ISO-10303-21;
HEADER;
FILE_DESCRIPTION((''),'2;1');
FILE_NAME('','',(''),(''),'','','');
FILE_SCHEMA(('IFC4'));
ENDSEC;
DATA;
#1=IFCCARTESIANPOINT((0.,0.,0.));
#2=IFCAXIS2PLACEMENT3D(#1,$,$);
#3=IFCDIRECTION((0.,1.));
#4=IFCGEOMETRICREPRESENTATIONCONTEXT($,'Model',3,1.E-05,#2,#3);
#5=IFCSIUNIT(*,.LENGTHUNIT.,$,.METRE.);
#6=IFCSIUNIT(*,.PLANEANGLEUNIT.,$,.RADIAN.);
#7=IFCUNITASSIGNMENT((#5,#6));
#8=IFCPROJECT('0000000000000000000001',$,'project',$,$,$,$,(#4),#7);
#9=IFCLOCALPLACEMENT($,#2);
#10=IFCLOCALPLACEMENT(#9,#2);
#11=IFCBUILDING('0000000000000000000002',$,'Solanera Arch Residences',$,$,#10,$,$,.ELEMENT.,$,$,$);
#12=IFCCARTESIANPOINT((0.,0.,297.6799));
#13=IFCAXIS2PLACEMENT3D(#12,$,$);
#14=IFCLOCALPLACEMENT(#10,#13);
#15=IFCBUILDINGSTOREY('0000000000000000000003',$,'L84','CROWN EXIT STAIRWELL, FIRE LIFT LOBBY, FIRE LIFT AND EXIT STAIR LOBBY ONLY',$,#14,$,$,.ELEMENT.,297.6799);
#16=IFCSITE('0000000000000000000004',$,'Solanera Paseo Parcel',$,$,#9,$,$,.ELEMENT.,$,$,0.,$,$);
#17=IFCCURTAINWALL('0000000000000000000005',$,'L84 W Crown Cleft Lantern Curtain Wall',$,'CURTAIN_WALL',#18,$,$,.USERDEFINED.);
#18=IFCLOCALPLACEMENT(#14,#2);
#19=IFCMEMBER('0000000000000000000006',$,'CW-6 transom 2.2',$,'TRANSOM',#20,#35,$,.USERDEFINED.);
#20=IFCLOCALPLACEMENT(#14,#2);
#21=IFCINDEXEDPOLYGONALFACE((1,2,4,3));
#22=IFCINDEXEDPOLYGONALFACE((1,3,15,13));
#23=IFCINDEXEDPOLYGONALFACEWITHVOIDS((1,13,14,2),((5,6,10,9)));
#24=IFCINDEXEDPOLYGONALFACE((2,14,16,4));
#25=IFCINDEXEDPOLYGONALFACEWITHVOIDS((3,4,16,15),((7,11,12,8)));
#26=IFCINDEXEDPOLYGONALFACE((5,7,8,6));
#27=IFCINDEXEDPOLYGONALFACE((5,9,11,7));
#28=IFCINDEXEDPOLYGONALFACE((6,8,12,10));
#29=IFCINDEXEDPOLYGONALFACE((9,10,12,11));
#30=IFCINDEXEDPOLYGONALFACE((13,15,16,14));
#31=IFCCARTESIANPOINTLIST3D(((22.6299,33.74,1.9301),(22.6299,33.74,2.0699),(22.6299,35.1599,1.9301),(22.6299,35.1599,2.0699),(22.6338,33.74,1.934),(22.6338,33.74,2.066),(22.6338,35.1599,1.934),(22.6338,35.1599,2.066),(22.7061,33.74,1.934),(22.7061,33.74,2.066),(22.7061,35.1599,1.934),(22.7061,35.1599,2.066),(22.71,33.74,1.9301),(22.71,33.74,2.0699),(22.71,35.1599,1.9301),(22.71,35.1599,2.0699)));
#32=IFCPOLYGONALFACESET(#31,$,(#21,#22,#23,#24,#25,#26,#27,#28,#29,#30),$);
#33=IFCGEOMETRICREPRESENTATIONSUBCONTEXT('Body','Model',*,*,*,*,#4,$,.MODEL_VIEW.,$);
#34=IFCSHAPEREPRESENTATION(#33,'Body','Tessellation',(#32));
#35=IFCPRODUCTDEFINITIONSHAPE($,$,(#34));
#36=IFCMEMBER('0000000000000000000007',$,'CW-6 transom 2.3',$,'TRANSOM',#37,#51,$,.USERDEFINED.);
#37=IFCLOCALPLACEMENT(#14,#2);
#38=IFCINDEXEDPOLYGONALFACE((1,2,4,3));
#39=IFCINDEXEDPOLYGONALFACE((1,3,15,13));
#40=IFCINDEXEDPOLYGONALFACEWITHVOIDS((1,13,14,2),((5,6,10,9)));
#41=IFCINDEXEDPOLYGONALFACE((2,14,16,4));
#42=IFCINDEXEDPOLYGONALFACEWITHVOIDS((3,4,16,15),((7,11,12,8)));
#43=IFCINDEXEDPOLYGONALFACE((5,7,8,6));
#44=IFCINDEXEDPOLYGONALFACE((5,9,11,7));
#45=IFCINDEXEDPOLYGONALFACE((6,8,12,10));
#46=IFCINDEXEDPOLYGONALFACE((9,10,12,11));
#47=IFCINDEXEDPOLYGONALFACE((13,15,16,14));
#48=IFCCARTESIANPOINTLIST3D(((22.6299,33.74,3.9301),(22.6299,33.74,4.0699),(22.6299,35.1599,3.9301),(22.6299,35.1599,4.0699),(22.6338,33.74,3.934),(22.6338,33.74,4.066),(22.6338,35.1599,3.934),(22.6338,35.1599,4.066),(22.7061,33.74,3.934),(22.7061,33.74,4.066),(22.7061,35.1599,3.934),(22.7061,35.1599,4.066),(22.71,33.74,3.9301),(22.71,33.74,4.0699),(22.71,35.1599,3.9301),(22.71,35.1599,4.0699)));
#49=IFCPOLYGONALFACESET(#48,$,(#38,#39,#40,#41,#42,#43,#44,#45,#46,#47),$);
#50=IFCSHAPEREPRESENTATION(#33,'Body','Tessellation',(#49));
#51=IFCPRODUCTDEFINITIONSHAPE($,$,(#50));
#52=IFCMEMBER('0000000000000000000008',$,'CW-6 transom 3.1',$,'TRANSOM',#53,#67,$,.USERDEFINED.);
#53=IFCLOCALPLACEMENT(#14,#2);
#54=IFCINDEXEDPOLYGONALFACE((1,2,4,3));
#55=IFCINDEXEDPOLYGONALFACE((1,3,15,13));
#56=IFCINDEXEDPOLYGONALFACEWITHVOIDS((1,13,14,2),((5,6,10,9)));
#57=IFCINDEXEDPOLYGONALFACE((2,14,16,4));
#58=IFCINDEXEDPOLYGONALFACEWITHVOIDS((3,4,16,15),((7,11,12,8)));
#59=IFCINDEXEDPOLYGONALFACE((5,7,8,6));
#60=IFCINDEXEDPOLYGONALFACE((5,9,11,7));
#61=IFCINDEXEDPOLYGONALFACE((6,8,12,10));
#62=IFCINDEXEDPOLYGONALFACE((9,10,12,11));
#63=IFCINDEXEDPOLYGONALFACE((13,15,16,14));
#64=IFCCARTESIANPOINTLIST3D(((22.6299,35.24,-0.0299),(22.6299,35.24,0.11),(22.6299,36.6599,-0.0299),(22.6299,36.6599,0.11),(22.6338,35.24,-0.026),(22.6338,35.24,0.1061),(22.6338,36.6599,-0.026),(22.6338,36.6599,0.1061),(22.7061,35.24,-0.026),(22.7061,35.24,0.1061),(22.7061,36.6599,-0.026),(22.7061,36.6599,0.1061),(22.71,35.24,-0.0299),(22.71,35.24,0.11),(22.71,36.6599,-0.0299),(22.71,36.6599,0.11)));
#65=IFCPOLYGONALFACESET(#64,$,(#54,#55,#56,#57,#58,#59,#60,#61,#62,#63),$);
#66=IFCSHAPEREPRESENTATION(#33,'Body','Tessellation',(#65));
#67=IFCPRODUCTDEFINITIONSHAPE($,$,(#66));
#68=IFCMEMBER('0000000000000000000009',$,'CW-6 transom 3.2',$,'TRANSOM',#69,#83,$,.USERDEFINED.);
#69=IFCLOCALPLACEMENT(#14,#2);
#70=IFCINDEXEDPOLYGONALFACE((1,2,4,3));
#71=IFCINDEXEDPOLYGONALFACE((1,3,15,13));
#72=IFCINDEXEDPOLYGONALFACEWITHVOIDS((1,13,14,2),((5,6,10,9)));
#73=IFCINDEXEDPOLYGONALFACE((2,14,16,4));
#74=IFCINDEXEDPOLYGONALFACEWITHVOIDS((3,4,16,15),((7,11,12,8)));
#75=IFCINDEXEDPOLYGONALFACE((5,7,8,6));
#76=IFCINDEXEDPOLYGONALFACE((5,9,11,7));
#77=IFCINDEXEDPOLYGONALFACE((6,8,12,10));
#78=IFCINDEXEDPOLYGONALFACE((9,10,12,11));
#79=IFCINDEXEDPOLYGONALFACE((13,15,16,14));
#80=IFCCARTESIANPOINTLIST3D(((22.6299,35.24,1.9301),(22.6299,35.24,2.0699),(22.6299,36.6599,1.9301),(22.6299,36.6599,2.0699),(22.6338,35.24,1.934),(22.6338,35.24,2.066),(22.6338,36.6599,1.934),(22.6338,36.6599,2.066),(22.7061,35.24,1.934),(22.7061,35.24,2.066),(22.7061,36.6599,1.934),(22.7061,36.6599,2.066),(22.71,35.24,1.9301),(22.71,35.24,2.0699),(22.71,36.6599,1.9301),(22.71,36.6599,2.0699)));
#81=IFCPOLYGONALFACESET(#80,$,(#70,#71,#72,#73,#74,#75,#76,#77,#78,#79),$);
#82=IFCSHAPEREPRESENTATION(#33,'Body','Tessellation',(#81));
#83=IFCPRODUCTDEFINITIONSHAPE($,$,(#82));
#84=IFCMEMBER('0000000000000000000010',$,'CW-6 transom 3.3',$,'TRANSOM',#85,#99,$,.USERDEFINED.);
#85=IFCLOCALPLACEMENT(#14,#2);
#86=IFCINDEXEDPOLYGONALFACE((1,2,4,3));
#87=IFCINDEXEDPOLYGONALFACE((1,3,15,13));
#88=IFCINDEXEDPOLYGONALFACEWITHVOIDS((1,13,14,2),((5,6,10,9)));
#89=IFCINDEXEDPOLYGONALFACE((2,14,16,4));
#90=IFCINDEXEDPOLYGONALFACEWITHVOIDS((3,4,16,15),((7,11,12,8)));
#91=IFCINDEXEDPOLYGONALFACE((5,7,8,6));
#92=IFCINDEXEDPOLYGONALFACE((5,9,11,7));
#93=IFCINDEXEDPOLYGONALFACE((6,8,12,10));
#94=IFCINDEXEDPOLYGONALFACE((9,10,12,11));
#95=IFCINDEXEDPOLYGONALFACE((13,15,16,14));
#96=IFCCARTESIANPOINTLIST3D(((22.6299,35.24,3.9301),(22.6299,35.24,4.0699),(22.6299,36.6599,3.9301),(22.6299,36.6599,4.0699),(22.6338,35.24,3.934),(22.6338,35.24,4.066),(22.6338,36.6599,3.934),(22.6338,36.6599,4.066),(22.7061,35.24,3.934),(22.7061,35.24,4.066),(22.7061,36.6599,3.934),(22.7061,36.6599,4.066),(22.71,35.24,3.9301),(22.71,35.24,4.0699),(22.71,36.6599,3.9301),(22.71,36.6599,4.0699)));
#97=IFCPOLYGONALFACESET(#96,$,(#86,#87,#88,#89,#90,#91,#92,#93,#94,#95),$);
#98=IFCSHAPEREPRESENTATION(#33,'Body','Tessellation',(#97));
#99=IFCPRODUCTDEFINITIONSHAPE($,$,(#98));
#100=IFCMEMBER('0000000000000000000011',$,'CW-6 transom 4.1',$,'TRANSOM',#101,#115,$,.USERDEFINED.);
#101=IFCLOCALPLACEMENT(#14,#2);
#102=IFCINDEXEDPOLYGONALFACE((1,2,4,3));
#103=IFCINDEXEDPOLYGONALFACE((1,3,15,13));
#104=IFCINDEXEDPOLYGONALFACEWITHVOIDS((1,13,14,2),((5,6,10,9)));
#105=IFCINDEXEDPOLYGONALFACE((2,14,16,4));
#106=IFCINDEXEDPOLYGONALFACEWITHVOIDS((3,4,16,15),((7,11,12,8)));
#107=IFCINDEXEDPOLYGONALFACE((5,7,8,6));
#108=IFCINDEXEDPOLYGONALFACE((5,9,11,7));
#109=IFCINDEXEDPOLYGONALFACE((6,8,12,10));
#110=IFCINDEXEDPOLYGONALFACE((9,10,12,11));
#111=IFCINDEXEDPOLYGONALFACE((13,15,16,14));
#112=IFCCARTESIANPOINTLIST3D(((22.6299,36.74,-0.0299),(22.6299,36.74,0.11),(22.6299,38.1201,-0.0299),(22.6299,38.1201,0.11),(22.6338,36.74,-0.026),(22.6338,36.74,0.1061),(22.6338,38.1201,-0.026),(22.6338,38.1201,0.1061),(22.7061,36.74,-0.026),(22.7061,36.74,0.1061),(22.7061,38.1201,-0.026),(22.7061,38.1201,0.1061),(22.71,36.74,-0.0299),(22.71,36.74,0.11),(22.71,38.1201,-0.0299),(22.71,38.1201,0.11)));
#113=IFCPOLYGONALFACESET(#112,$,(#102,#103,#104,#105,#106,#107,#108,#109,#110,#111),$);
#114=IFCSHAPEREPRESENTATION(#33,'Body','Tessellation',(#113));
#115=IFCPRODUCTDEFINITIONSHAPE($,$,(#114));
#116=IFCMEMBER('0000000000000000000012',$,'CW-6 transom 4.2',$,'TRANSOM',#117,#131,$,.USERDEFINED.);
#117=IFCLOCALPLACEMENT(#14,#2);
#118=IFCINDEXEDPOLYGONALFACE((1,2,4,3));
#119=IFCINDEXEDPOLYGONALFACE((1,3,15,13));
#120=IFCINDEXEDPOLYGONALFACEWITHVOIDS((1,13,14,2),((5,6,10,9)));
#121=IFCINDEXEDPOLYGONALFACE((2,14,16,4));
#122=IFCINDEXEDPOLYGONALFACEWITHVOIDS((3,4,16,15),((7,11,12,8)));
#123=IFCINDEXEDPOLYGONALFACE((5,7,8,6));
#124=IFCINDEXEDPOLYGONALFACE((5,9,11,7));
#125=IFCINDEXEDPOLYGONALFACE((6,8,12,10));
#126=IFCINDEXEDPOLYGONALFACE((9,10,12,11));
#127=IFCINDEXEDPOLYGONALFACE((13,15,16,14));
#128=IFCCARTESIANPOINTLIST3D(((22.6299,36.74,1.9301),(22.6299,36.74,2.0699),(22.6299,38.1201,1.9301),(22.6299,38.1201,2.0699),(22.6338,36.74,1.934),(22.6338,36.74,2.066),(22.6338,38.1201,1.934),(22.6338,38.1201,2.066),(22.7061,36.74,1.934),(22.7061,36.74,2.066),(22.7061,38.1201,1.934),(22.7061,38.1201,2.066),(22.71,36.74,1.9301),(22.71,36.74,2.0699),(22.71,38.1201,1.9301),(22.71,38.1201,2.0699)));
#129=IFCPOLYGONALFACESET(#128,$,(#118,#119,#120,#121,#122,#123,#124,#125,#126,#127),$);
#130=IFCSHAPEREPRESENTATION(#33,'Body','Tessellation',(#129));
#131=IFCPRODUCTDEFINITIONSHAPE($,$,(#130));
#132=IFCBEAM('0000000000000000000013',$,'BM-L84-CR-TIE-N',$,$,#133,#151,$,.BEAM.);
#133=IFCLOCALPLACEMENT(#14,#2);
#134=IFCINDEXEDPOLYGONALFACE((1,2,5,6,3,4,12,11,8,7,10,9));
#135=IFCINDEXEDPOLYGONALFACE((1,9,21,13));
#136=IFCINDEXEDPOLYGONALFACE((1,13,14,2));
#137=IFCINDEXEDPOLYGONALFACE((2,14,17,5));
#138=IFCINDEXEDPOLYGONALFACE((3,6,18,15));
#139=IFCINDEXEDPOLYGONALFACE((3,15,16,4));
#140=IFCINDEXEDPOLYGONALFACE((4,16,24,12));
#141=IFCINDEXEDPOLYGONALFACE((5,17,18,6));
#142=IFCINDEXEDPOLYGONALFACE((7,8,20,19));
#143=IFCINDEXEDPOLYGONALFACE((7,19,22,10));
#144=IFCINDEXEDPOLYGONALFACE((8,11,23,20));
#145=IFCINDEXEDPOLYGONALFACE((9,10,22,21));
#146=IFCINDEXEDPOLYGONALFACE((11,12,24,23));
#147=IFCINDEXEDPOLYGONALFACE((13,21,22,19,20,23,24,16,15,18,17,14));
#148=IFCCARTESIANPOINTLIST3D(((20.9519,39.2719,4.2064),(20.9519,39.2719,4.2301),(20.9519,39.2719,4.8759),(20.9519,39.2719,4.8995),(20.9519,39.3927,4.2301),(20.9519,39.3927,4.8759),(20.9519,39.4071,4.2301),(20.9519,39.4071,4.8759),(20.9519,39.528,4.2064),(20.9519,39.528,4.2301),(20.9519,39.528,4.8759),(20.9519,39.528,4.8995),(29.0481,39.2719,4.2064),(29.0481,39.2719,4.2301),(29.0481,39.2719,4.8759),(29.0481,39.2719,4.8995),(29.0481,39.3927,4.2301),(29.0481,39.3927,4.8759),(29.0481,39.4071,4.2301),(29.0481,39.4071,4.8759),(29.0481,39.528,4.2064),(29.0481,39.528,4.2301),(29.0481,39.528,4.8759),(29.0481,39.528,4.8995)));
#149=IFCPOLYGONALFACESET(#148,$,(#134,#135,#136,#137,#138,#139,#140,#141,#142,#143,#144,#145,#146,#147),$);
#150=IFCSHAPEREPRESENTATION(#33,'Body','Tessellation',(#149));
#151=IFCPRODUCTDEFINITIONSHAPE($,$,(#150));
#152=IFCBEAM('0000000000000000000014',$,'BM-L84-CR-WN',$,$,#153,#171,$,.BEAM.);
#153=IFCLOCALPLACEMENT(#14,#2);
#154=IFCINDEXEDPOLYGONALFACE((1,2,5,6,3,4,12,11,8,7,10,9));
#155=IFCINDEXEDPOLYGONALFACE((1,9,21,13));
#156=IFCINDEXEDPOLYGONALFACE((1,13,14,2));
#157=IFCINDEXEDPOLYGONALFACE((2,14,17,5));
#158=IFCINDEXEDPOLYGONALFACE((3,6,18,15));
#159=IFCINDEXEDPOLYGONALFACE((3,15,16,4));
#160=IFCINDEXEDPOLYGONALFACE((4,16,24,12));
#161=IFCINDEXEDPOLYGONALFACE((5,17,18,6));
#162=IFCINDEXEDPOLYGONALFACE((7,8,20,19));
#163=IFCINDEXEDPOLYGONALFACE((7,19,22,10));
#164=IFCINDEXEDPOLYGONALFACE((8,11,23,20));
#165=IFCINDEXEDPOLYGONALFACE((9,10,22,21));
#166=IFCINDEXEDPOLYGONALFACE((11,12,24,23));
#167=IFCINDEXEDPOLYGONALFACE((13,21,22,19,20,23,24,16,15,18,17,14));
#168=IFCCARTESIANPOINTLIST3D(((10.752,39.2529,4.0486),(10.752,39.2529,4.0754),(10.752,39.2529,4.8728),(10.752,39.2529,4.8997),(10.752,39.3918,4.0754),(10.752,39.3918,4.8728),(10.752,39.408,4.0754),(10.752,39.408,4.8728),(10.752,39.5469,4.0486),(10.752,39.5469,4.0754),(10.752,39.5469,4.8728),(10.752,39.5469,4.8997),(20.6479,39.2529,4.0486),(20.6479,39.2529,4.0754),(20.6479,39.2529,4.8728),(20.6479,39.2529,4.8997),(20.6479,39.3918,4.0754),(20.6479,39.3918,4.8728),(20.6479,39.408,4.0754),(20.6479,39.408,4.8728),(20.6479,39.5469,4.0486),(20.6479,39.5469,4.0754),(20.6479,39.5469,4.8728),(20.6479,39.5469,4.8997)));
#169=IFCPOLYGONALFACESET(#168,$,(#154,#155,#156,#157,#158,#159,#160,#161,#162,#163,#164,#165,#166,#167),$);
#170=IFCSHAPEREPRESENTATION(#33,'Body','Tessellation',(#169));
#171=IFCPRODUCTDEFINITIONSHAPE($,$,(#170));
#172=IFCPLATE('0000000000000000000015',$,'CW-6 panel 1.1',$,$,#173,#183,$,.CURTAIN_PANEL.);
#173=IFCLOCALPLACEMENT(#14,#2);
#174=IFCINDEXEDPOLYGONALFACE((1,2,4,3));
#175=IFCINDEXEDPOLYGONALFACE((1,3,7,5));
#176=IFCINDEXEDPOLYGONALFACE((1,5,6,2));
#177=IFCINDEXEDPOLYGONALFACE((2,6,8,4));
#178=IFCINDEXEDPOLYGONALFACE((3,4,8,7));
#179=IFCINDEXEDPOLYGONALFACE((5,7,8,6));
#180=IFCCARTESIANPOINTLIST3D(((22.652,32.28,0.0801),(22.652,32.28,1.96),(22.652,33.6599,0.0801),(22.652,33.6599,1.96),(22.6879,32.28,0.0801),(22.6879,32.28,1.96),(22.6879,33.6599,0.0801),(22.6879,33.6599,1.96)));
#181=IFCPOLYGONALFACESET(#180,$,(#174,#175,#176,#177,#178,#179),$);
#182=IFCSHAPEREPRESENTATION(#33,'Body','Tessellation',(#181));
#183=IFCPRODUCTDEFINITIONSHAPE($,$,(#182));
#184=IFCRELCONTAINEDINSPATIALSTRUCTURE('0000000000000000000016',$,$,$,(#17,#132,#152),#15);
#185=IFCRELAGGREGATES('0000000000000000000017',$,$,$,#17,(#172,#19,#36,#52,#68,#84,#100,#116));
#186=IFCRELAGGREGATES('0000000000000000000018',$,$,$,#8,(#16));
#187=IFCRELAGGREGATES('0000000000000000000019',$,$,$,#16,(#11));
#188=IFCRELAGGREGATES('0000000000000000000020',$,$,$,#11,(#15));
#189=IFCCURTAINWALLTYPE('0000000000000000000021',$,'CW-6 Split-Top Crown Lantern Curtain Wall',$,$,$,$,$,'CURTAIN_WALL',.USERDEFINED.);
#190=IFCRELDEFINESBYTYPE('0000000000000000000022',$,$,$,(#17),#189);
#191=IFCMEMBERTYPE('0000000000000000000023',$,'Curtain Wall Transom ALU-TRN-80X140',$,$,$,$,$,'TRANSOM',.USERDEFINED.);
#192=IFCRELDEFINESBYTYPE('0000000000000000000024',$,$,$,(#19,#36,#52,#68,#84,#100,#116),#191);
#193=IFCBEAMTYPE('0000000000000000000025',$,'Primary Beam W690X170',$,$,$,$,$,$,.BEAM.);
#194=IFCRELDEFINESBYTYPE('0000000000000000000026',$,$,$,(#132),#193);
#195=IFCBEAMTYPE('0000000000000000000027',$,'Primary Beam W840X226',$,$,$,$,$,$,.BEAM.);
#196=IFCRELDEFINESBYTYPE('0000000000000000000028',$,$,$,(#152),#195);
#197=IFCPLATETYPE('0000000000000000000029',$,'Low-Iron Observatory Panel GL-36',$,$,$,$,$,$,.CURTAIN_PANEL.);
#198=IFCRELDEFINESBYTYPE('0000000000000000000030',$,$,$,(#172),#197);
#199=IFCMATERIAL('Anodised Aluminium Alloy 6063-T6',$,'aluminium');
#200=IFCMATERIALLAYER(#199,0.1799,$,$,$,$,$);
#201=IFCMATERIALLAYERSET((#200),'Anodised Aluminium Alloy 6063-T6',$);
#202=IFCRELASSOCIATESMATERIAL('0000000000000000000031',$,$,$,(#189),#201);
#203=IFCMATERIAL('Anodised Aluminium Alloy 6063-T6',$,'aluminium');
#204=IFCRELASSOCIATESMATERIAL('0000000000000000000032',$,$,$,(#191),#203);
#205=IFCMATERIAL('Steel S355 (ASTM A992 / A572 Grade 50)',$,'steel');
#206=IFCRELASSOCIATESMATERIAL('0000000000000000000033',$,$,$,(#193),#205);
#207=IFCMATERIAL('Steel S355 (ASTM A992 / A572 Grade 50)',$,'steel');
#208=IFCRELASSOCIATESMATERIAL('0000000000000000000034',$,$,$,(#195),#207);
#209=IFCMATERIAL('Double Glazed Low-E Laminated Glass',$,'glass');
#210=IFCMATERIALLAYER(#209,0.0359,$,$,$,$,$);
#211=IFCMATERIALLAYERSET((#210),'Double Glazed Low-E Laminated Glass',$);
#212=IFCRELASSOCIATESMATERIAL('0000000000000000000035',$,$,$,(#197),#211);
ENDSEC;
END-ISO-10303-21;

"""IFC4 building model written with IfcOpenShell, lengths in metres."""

from ifc_helpers import new_model, si_unit, direction, frame, origin, origin_2d, place, context, subcontext, project, spatial, rectangle, hollow_rectangle, i_section, extrude, material, layer, layer_set, material_profile, profile_set, type_object, element, aggregate, save


model = new_model("IFC4")

# Units and contexts
model_context = context("Model", 3, precision=1e-05, world=origin(), true_north=direction((0.0, 1.0)))
body_context = subcontext(model_context, "Body", "Model", "MODEL_VIEW")
ifc_project = project(units=[si_unit("LENGTHUNIT", "METRE"), si_unit("PLANEANGLEUNIT", "RADIAN")], contexts=[model_context])

# Site, building, storey
site_placement = place(None, origin())
site = spatial("IfcSite", under=ifc_project, at=site_placement, Name="Solanera Paseo Parcel", CompositionType="ELEMENT", RefElevation=0.0)
building_placement = place(site_placement, origin())
building = spatial("IfcBuilding", under=site, at=building_placement, Name="Solanera Arch Residences", CompositionType="ELEMENT")
storey_placement = place(building_placement, frame((0.0, 0.0, 297.6799)))
storey = spatial("IfcBuildingStorey", under=building, at=storey_placement, Name="L84", Description="CROWN EXIT STAIRWELL, FIRE LIFT LOBBY, FIRE LIFT AND EXIT STAIR LOBBY ONLY", CompositionType="ELEMENT", Elevation=297.6799)

# Curtain wall, members
ifc_material_1 = material(Name="Anodised Aluminium Alloy 6063-T6", Category="aluminium")
ifc_layer_1 = layer(ifc_material_1, 0.1799)
ifc_layer_set_1 = layer_set([ifc_layer_1], Name="Anodised Aluminium Alloy 6063-T6")
curtain_wall_type = type_object("IfcCurtainWallType", Name="CW-6 Split-Top Crown Lantern Curtain Wall", ElementType="CURTAIN_WALL", PredefinedType="USERDEFINED", material=ifc_layer_set_1)
curtain_wall_placement = place(storey_placement, origin())
curtain_wall = element("IfcCurtainWall", 1, at=curtain_wall_placement, inside=storey, type_object=curtain_wall_type, Name="L84 W Crown Cleft Lantern Curtain Wall", ObjectType="CURTAIN_WALL", PredefinedType="USERDEFINED")
ifc_material_2 = material(Name="Anodised Aluminium Alloy 6063-T6", Category="aluminium")
ifc_material_profile_1 = material_profile(ifc_material_2, hollow_rectangle(XDim=0.0801, YDim=0.1399, WallThickness=0.0039, at=origin_2d()))
ifc_profile_set_1 = profile_set([ifc_material_profile_1], Name="Anodised Aluminium Alloy 6063-T6")
member_type_1 = type_object("IfcMemberType", Name="Curtain Wall Transom ALU-TRN-80X140", ElementType="TRANSOM", PredefinedType="USERDEFINED", material=ifc_profile_set_1)
member_1_placement = place(storey_placement, frame((22.6699, 33.74, 2.0), z_axis=(0.0, 1.0, 0.0), x_axis=(-1.0, 0.0, 0.0)))
member_1 = element("IfcMember", 2, at=member_1_placement, type_object=member_type_1, Name="CW-6 transom 2.2", ObjectType="TRANSOM", PredefinedType="USERDEFINED", context=body_context, shape_type="SweptSolid", body=[
    extrude(hollow_rectangle(XDim=0.0801, YDim=0.1399, WallThickness=0.0039, at=origin_2d()), origin(), (0.0, 0.0, 1.0), 1.4199),
])
member_2_placement = place(storey_placement, frame((22.6699, 33.74, 4.0), z_axis=(0.0, 1.0, 0.0), x_axis=(-1.0, 0.0, 0.0)))
member_2 = element("IfcMember", 3, at=member_2_placement, type_object=member_type_1, Name="CW-6 transom 2.3", ObjectType="TRANSOM", PredefinedType="USERDEFINED", context=body_context, shape_type="SweptSolid", body=[
    extrude(hollow_rectangle(XDim=0.0801, YDim=0.1399, WallThickness=0.0039, at=origin_2d()), origin(), (0.0, 0.0, 1.0), 1.4199),
])
member_3_placement = place(storey_placement, frame((22.6699, 35.24, 0.04), z_axis=(0.0, 1.0, 0.0), x_axis=(-1.0, 0.0, 0.0)))
member_3 = element("IfcMember", 4, at=member_3_placement, type_object=member_type_1, Name="CW-6 transom 3.1", ObjectType="TRANSOM", PredefinedType="USERDEFINED", context=body_context, shape_type="SweptSolid", body=[
    extrude(hollow_rectangle(XDim=0.0801, YDim=0.1399, WallThickness=0.0039, at=origin_2d()), origin(), (0.0, 0.0, 1.0), 1.4199),
])
member_4_placement = place(storey_placement, frame((22.6699, 35.24, 2.0), z_axis=(0.0, 1.0, 0.0), x_axis=(-1.0, 0.0, 0.0)))
member_4 = element("IfcMember", 5, at=member_4_placement, type_object=member_type_1, Name="CW-6 transom 3.2", ObjectType="TRANSOM", PredefinedType="USERDEFINED", context=body_context, shape_type="SweptSolid", body=[
    extrude(hollow_rectangle(XDim=0.0801, YDim=0.1399, WallThickness=0.0039, at=origin_2d()), origin(), (0.0, 0.0, 1.0), 1.4199),
])
member_5_placement = place(storey_placement, frame((22.6699, 35.24, 4.0), z_axis=(0.0, 1.0, 0.0), x_axis=(-1.0, 0.0, 0.0)))
member_5 = element("IfcMember", 6, at=member_5_placement, type_object=member_type_1, Name="CW-6 transom 3.3", ObjectType="TRANSOM", PredefinedType="USERDEFINED", context=body_context, shape_type="SweptSolid", body=[
    extrude(hollow_rectangle(XDim=0.0801, YDim=0.1399, WallThickness=0.0039, at=origin_2d()), origin(), (0.0, 0.0, 1.0), 1.4199),
])
member_6_placement = place(storey_placement, frame((22.6699, 36.74, 0.04), z_axis=(0.0, 1.0, 0.0), x_axis=(-1.0, 0.0, 0.0)))
member_6 = element("IfcMember", 7, at=member_6_placement, type_object=member_type_1, Name="CW-6 transom 4.1", ObjectType="TRANSOM", PredefinedType="USERDEFINED", context=body_context, shape_type="SweptSolid", body=[
    extrude(hollow_rectangle(XDim=0.0801, YDim=0.1399, WallThickness=0.0039, at=origin_2d()), origin(), (0.0, 0.0, 1.0), 1.3801),
])
member_7_placement = place(storey_placement, frame((22.6699, 36.74, 2.0), z_axis=(0.0, 1.0, 0.0), x_axis=(-1.0, 0.0, 0.0)))
member_7 = element("IfcMember", 8, at=member_7_placement, type_object=member_type_1, Name="CW-6 transom 4.2", ObjectType="TRANSOM", PredefinedType="USERDEFINED", context=body_context, shape_type="SweptSolid", body=[
    extrude(hollow_rectangle(XDim=0.0801, YDim=0.1399, WallThickness=0.0039, at=origin_2d()), origin(), (0.0, 0.0, 1.0), 1.3801),
])

# Beams
ifc_material_3 = material(Name="Steel S355 (ASTM A992 / A572 Grade 50)", Category="steel")
ifc_material_profile_2 = material_profile(ifc_material_3, i_section(OverallWidth=0.2561, OverallDepth=0.6931, WebThickness=0.0144, FlangeThickness=0.0237, at=origin_2d()))
ifc_profile_set_2 = profile_set([ifc_material_profile_2], Name="Steel S355 (ASTM A992 / A572 Grade 50)")
beam_type_1 = type_object("IfcBeamType", Name="Primary Beam W690X170", PredefinedType="BEAM", material=ifc_profile_set_2)
beam_1_placement = place(storey_placement, frame((20.9519, 39.3999, 4.553), z_axis=(1.0, 0.0, 0.0), x_axis=(0.0, 1.0, 0.0)))
element("IfcBeam", 9, at=beam_1_placement, inside=storey, type_object=beam_type_1, Name="BM-L84-CR-TIE-N", PredefinedType="BEAM", context=body_context, shape_type="SweptSolid", body=[
    extrude(i_section(OverallWidth=0.2561, OverallDepth=0.6931, WebThickness=0.0144, FlangeThickness=0.0237, at=origin_2d()), origin(), (0.0, 0.0, 1.0), 8.0962),
])
ifc_material_4 = material(Name="Steel S355 (ASTM A992 / A572 Grade 50)", Category="steel")
ifc_material_profile_3 = material_profile(ifc_material_4, i_section(OverallWidth=0.2939, OverallDepth=0.8511, WebThickness=0.0161, FlangeThickness=0.0269, at=origin_2d()))
ifc_profile_set_3 = profile_set([ifc_material_profile_3], Name="Steel S355 (ASTM A992 / A572 Grade 50)")
beam_type_2 = type_object("IfcBeamType", Name="Primary Beam W840X226", PredefinedType="BEAM", material=ifc_profile_set_3)
beam_2_placement = place(storey_placement, frame((10.752, 39.3999, 4.4741), z_axis=(1.0, 0.0, 0.0), x_axis=(0.0, 1.0, 0.0)))
element("IfcBeam", 10, at=beam_2_placement, inside=storey, type_object=beam_type_2, Name="BM-L84-CR-WN", PredefinedType="BEAM", context=body_context, shape_type="SweptSolid", body=[
    extrude(i_section(OverallWidth=0.2939, OverallDepth=0.8511, WebThickness=0.0161, FlangeThickness=0.0269, at=origin_2d()), origin(), (0.0, 0.0, 1.0), 9.896),
])

# Plate
ifc_material_5 = material(Name="Double Glazed Low-E Laminated Glass", Category="glass")
ifc_layer_2 = layer(ifc_material_5, 0.0359)
ifc_layer_set_2 = layer_set([ifc_layer_2], Name="Double Glazed Low-E Laminated Glass")
plate_type = type_object("IfcPlateType", Name="Low-Iron Observatory Panel GL-36", PredefinedType="CURTAIN_PANEL", material=ifc_layer_set_2)
plate_1_placement = place(storey_placement, frame((22.6699, 32.97, 0.0801), z_axis=(0.0, 0.0, 1.0), x_axis=(0.0, 1.0, 0.0)))
plate_1 = element("IfcPlate", 11, at=plate_1_placement, type_object=plate_type, Name="CW-6 panel 1.1", PredefinedType="CURTAIN_PANEL", context=body_context, shape_type="SweptSolid", body=[
    extrude(rectangle(XDim=1.3799, YDim=0.0359, at=origin_2d()), origin(), (0.0, 0.0, 1.0), 1.8799),
])
aggregate(curtain_wall, [plate_1, member_1, member_2, member_3, member_4, member_5, member_6, member_7])

save(model, "model.ifc")
